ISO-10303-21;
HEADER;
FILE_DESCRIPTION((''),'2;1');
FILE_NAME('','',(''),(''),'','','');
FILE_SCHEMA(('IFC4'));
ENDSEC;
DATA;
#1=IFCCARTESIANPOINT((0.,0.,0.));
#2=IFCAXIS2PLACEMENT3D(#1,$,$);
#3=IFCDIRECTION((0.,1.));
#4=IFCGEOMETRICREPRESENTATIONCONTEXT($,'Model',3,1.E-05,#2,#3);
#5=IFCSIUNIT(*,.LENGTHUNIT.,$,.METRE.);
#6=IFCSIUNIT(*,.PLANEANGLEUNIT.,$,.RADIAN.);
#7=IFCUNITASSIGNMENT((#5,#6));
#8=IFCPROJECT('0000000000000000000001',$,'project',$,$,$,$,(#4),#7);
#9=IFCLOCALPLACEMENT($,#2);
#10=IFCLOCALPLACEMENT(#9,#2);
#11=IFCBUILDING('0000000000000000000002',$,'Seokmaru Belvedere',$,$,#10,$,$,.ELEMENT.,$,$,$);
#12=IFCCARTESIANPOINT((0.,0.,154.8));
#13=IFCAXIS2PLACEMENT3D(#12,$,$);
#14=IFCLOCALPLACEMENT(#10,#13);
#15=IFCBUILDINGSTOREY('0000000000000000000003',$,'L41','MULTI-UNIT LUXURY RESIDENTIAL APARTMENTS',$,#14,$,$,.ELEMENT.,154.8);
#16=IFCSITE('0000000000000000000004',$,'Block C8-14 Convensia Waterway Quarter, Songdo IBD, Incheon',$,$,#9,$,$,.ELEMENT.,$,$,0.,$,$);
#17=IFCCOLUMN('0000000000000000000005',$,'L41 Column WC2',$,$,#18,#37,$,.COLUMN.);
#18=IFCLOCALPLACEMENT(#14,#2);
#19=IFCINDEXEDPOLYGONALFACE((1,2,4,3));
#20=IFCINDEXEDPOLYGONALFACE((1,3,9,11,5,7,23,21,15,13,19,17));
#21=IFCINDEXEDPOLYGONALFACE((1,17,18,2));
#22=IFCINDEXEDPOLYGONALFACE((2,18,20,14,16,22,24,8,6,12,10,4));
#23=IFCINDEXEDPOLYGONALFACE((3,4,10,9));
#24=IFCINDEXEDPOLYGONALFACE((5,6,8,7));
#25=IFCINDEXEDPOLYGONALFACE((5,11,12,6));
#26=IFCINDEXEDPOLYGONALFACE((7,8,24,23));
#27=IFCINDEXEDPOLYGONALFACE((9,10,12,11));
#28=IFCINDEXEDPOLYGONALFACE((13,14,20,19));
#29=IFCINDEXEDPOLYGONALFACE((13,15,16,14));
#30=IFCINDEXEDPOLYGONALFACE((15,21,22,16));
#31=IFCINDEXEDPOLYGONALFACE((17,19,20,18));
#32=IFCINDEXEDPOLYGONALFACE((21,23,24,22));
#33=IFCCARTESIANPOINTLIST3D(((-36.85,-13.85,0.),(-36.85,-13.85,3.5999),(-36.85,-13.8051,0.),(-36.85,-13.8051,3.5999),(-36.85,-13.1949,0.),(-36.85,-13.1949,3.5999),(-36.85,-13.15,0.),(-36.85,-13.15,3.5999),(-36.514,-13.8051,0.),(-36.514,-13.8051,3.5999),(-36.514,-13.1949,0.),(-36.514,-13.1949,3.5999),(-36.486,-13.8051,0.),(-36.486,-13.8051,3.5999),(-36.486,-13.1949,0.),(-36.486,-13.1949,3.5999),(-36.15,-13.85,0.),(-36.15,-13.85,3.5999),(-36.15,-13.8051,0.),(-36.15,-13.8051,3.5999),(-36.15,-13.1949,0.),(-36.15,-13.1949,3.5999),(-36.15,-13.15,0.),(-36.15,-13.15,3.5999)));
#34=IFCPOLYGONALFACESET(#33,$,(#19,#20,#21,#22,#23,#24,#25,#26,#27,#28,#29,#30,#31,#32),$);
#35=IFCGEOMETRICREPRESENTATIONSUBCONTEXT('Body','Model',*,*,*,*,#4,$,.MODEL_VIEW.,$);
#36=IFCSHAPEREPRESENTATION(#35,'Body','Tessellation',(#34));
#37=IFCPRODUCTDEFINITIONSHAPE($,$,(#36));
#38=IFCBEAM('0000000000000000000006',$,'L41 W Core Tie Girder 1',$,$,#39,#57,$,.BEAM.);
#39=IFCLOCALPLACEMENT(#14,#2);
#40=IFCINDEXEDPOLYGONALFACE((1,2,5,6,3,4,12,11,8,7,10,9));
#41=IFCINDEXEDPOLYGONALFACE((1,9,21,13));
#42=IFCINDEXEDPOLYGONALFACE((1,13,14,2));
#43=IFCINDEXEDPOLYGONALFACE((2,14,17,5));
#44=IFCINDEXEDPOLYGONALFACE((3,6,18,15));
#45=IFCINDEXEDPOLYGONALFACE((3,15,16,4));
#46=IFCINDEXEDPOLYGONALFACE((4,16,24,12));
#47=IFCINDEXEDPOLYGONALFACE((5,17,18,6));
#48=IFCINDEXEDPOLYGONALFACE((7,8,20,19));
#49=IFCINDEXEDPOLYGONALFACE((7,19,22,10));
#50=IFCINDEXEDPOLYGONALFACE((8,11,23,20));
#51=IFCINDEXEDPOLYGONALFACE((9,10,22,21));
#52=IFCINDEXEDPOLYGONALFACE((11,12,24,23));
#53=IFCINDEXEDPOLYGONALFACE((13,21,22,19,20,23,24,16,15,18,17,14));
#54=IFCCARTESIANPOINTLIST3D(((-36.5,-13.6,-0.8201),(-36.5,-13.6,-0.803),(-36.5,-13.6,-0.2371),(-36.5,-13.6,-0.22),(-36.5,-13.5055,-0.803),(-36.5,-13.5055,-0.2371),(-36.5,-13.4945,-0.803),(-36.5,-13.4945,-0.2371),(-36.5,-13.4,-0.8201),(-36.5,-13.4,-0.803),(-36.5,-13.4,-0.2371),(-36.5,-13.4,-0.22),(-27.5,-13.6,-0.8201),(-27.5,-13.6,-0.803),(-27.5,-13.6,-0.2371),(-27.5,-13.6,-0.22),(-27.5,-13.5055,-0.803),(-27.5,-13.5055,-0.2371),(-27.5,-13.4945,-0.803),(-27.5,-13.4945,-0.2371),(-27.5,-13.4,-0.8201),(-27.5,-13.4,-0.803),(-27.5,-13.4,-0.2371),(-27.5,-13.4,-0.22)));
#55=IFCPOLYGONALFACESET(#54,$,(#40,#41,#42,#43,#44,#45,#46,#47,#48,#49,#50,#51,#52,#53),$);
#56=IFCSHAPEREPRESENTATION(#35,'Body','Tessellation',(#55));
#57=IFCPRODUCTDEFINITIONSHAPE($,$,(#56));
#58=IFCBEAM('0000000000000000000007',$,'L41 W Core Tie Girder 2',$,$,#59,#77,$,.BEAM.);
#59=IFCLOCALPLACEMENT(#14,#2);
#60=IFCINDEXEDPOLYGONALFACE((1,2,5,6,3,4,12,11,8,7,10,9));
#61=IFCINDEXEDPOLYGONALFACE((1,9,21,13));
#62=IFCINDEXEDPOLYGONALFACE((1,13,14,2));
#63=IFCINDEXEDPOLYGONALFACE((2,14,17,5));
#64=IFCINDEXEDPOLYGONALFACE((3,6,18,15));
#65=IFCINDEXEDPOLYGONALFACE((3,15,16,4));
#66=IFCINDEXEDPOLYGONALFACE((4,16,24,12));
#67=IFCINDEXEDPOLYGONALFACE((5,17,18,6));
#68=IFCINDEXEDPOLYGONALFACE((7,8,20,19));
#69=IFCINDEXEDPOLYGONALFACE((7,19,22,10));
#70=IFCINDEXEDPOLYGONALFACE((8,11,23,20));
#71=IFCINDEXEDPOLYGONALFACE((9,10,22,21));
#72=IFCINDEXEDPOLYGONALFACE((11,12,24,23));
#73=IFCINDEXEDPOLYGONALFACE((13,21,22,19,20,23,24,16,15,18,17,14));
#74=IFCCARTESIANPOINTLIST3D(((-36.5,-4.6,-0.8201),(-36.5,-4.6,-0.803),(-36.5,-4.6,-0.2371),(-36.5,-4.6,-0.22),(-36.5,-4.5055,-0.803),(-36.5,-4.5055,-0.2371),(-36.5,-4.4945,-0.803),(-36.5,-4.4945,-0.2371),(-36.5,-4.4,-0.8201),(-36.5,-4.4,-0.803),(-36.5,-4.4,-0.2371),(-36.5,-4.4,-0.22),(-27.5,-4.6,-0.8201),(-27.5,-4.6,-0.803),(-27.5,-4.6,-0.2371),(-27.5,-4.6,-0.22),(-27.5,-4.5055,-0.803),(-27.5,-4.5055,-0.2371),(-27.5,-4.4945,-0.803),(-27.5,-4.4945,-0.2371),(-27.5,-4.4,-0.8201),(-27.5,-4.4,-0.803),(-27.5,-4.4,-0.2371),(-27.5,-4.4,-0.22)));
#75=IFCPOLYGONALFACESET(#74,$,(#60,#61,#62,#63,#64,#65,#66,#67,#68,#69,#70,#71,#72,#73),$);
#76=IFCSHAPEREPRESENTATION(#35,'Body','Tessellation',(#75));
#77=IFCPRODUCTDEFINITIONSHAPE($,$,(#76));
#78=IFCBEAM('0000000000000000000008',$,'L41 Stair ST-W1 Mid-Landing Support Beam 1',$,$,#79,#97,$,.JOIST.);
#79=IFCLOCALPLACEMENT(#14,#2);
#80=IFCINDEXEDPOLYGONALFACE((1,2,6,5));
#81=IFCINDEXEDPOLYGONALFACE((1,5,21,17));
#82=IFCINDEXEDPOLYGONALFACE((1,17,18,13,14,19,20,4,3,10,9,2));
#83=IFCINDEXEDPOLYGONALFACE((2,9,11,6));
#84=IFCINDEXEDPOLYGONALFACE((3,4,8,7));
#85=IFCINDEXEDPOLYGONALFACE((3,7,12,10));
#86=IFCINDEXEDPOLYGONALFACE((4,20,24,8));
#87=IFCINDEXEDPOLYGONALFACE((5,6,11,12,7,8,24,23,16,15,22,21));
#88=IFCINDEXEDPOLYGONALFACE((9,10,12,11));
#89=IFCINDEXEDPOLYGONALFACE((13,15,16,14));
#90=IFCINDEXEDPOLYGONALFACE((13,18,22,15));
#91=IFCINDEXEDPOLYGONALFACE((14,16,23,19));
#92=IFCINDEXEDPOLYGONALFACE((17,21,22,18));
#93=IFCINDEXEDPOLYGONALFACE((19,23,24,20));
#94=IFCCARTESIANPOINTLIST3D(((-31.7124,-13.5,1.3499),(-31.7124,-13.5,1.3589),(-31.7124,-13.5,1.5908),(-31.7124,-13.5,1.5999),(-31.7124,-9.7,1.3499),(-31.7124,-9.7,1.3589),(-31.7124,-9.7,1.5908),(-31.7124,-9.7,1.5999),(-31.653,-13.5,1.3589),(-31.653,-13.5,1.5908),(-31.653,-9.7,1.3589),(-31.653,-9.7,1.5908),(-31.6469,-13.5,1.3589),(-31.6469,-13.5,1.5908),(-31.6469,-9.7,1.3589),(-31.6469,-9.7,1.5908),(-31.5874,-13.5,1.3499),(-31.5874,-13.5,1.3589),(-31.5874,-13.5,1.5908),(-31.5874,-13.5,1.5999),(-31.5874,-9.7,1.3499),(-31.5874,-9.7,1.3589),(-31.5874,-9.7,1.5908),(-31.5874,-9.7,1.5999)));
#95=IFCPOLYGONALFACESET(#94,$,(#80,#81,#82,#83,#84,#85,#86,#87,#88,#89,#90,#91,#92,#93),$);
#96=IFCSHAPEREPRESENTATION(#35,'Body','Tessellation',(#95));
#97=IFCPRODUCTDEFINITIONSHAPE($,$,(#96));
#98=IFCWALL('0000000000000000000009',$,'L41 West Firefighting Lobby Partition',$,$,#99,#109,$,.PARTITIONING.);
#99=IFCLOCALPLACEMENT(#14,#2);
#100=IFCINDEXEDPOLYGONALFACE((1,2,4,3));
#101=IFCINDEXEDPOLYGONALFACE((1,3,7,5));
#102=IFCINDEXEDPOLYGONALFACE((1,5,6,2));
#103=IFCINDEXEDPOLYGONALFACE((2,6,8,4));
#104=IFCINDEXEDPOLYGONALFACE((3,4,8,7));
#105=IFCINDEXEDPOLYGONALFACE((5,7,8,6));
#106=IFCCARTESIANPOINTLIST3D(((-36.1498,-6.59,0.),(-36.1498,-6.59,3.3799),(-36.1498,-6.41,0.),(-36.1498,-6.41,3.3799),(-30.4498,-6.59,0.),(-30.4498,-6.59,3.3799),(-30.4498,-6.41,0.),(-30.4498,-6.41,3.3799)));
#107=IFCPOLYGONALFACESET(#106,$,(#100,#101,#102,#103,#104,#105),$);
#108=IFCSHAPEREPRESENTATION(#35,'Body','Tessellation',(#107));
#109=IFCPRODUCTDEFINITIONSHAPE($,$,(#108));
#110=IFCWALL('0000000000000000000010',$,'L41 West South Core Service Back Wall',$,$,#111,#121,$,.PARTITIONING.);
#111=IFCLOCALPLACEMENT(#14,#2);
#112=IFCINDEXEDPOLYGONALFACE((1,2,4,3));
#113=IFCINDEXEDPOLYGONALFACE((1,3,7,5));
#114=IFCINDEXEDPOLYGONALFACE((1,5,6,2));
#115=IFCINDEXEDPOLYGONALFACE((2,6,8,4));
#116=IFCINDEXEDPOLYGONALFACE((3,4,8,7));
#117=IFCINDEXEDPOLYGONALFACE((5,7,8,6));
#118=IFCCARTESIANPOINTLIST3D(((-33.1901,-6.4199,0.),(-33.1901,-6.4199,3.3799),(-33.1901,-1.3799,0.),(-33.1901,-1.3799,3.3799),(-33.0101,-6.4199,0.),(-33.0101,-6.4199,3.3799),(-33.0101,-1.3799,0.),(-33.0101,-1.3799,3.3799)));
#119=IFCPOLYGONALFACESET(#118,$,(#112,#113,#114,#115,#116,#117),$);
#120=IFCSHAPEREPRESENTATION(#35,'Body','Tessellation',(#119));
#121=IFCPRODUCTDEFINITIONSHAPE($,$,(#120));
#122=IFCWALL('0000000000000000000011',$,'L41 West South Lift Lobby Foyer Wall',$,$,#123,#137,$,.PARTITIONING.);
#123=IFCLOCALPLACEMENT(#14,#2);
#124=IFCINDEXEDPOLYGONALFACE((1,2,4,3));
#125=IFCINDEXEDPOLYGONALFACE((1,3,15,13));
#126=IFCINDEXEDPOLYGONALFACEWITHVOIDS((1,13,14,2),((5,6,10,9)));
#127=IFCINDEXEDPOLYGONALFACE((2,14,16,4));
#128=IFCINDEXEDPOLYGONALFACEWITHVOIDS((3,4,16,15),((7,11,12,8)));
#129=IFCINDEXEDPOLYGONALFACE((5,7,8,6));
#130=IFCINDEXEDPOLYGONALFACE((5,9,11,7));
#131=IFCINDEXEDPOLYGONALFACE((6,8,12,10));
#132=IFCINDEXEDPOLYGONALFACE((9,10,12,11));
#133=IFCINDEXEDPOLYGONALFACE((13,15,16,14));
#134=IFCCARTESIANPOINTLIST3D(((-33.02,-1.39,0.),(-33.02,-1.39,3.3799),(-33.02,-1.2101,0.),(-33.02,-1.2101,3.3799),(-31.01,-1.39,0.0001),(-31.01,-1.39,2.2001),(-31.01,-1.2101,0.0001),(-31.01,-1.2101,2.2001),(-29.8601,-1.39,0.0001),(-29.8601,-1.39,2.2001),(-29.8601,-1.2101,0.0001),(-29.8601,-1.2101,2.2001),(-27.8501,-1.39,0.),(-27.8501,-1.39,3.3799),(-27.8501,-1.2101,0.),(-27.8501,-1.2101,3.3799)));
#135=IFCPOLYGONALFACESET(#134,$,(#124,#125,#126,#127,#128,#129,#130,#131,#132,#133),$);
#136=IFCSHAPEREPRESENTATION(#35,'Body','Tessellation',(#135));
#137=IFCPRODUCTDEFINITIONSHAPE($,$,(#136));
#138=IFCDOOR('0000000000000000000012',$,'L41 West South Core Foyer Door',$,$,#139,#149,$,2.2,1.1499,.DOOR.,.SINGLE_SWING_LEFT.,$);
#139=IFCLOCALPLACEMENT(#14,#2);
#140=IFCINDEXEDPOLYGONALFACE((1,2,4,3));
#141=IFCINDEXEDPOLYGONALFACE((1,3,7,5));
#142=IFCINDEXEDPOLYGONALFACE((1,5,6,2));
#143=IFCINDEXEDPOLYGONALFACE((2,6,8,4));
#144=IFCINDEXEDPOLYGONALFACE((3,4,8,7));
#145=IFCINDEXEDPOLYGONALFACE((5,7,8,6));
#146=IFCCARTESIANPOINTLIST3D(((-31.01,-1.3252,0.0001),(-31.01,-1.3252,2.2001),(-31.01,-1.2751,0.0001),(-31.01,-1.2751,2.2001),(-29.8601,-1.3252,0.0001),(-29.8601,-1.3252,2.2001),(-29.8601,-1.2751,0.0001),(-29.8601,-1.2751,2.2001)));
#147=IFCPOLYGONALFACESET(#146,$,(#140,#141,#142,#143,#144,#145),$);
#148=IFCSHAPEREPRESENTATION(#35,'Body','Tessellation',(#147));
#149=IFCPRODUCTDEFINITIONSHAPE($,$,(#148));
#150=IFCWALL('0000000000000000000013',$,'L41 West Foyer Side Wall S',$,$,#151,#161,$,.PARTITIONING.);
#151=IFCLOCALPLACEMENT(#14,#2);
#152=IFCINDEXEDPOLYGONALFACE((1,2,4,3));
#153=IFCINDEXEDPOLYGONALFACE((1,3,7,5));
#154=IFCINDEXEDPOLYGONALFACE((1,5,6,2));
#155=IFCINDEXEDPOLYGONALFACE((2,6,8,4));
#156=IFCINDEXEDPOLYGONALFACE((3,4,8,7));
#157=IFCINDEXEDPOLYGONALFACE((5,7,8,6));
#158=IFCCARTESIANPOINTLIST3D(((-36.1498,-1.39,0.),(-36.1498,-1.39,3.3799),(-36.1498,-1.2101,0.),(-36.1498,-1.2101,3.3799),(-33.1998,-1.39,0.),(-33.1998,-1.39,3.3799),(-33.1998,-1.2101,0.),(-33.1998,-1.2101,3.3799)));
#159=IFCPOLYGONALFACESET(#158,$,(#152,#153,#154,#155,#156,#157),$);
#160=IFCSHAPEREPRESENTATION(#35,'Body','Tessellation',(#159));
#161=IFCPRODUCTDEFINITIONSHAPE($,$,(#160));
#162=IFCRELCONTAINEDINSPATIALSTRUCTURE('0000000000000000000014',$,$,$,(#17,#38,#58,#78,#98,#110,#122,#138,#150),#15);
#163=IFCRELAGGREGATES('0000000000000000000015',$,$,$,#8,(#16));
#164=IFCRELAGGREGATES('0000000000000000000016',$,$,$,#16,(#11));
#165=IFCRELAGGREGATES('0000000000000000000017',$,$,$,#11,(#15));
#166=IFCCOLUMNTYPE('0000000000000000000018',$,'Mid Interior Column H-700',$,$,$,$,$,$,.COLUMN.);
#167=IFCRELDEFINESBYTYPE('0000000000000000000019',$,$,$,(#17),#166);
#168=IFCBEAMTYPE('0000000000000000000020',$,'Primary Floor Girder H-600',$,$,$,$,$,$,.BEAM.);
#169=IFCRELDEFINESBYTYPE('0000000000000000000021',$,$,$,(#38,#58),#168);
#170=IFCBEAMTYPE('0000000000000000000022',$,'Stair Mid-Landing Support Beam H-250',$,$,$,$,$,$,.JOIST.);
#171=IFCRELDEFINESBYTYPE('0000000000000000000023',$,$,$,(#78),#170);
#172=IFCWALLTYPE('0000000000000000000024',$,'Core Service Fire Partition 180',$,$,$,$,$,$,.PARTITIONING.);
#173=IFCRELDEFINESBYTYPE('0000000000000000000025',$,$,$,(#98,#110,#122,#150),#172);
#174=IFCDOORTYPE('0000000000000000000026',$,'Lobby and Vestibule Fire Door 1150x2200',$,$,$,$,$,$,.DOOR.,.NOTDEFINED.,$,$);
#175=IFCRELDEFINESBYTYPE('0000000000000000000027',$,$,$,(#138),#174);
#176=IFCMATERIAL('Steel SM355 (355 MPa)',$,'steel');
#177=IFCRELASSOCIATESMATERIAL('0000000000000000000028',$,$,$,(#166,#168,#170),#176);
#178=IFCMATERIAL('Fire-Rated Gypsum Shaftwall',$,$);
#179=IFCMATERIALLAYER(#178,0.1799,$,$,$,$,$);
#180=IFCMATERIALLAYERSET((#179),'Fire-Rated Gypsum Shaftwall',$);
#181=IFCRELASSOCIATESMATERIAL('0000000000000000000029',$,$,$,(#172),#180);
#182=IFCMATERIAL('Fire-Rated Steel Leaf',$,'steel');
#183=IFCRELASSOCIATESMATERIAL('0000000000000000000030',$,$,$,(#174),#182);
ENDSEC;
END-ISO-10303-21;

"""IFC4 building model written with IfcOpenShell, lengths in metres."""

from ifc_helpers import new_model, si_unit, direction, frame, frame_2d, origin, origin_2d, place, context, subcontext, project, spatial, rectangle, i_section, extrude, source, transform, mapped, material, layer, layer_set, material_profile, profile_set, type_object, type_shapes, element, fill, save


model = new_model("IFC4")

# Units and contexts
model_context = context("Model", 3, precision=1e-05, world=origin(), true_north=direction((0.0, 1.0)))
body_context = subcontext(model_context, "Body", "Model", "MODEL_VIEW")
ifc_project = project(units=[si_unit("LENGTHUNIT", "METRE"), si_unit("PLANEANGLEUNIT", "RADIAN")], contexts=[model_context])

# Site, building, storey
site_placement = place(None, origin())
site = spatial("IfcSite", under=ifc_project, at=site_placement, Name="Block C8-14 Convensia Waterway Quarter, Songdo IBD, Incheon", CompositionType="ELEMENT", RefElevation=0.0)
building_placement = place(site_placement, origin())
building = spatial("IfcBuilding", under=site, at=building_placement, Name="Seokmaru Belvedere", CompositionType="ELEMENT")
storey_placement = place(building_placement, frame((0.0, 0.0, 154.8)))
storey = spatial("IfcBuildingStorey", under=building, at=storey_placement, Name="L41", Description="MULTI-UNIT LUXURY RESIDENTIAL APARTMENTS", CompositionType="ELEMENT", Elevation=154.8)

# Column
ifc_material_1 = material(Name="Steel SM355 (355 MPa)", Category="steel")
ifc_material_profile_1 = material_profile(ifc_material_1, i_section(OverallWidth=0.7, OverallDepth=0.7, WebThickness=0.0281, FlangeThickness=0.0449, at=origin_2d()), Name="H-700x700x28x45")
ifc_profile_set_1 = profile_set([ifc_material_profile_1], Name="Steel SM355 (355 MPa)")
column_type = type_object("IfcColumnType", Name="Mid Interior Column H-700", PredefinedType="COLUMN", material=ifc_profile_set_1)
shared_shape_1 = source(origin(), body_context, "Body", "SweptSolid", [
    extrude(i_section(OverallWidth=0.7, OverallDepth=0.7, WebThickness=0.0281, FlangeThickness=0.0449, at=origin_2d()), origin(), (0.0, 0.0, 1.0), 3.5999),
])
type_shapes(column_type, [shared_shape_1])
column_placement = place(storey_placement, frame((-36.5, -13.5, 0.0), z_axis=(0.0, 0.0, 1.0), x_axis=(1.0, 0.0, 0.0)))
element("IfcColumn", 1, at=column_placement, inside=storey, type_object=column_type, Name="L41 Column WC2", PredefinedType="COLUMN", context=body_context, shape_type="MappedRepresentation", body=[
    mapped(shared_shape_1, transform((0.0, 0.0, 0.0), scale=1.0)),
])

# Beams
ifc_material_profile_2 = material_profile(ifc_material_1, i_section(OverallWidth=0.2, OverallDepth=0.6001, WebThickness=0.011, FlangeThickness=0.0171, at=origin_2d()), Name="H-600x200x11x17")
ifc_profile_set_2 = profile_set([ifc_material_profile_2], Name="Steel SM355 (355 MPa)")
beam_type_1 = type_object("IfcBeamType", Name="Primary Floor Girder H-600", PredefinedType="BEAM", material=ifc_profile_set_2)
shared_shape_2 = source(origin(), body_context, "Body", "SweptSolid", [
    extrude(i_section(OverallWidth=0.2, OverallDepth=0.6001, WebThickness=0.011, FlangeThickness=0.0171, at=origin_2d()), origin(), (0.0, 0.0, 1.0), 9.0),
])
type_shapes(beam_type_1, [shared_shape_2])
for number, where, z_axis, x_axis, name in (
    (2, (-36.5, -13.5, -0.52), (1.0, 0.0, 0.0), (0.0, 1.0, 0.0), "L41 W Core Tie Girder 1"),
    (3, (-36.5, -4.5, -0.52), (1.0, 0.0, 0.0), (0.0, 1.0, 0.0), "L41 W Core Tie Girder 2"),
):
    element("IfcBeam", number, at=place(storey_placement, frame(where, z_axis=z_axis, x_axis=x_axis)), inside=storey, type_object=beam_type_1, Name=name, PredefinedType="BEAM", context=body_context, shape_type="MappedRepresentation", body=[
        mapped(shared_shape_2, transform((0.0, 0.0, 0.0), scale=1.0)),
    ])
ifc_material_profile_3 = material_profile(ifc_material_1, i_section(OverallWidth=0.125, OverallDepth=0.25, WebThickness=0.0061, FlangeThickness=0.009, at=origin_2d()), Name="H-250x125x6x9")
ifc_profile_set_3 = profile_set([ifc_material_profile_3], Name="Steel SM355 (355 MPa)")
beam_type_2 = type_object("IfcBeamType", Name="Stair Mid-Landing Support Beam H-250", PredefinedType="JOIST", material=ifc_profile_set_3)
shared_shape_3 = source(origin(), body_context, "Body", "SweptSolid", [
    extrude(i_section(OverallWidth=0.125, OverallDepth=0.25, WebThickness=0.0061, FlangeThickness=0.009, at=origin_2d()), origin(), (0.0, 0.0, 1.0), 3.8),
])
type_shapes(beam_type_2, [shared_shape_3])
beam_placement = place(storey_placement, frame((-31.6499, -13.5, 1.4749), z_axis=(0.0, 1.0, 0.0), x_axis=(-1.0, 0.0, 0.0)))
element("IfcBeam", 4, at=beam_placement, inside=storey, type_object=beam_type_2, Name="L41 Stair ST-W1 Mid-Landing Support Beam 1", PredefinedType="JOIST", context=body_context, shape_type="MappedRepresentation", body=[
    mapped(shared_shape_3, transform((0.0, 0.0, 0.0), scale=1.0)),
])

# Walls
ifc_material_2 = material(Name="Fire-Rated Gypsum Shaftwall")
ifc_layer_1 = layer(ifc_material_2, 0.1799)
ifc_layer_set_1 = layer_set([ifc_layer_1], Name="Fire-Rated Gypsum Shaftwall")
wall_type_1 = type_object("IfcWallType", Name="Core Service Fire Partition 180", PredefinedType="PARTITIONING", material=ifc_layer_set_1)
wall_1_placement = place(storey_placement, frame((-36.1499, -6.5, 0.0), z_axis=(0.0, 0.0, 1.0), x_axis=(1.0, 0.0, 0.0)))
element("IfcWall", 5, at=wall_1_placement, inside=storey, type_object=wall_type_1, Name="L41 West Firefighting Lobby Partition", PredefinedType="PARTITIONING", context=body_context, shape_type="SweptSolid", body=[
    extrude(rectangle(XDim=5.7, YDim=0.1799, at=frame_2d((2.8501, 0.0))), origin(), (0.0, 0.0, 1.0), 3.3799),
])
wall_2_placement = place(storey_placement, frame((-33.1001, -6.4199, 0.0), z_axis=(0.0, 0.0, 1.0), x_axis=(0.0, 1.0, 0.0)))
element("IfcWall", 6, at=wall_2_placement, inside=storey, type_object=wall_type_1, Name="L41 West South Core Service Back Wall", PredefinedType="PARTITIONING", context=body_context, shape_type="SweptSolid", body=[
    extrude(rectangle(XDim=5.04, YDim=0.1799, at=frame_2d((2.52, 0.0))), origin(), (0.0, 0.0, 1.0), 3.3799),
])

# Wall, opening, door
wall_3_placement = place(storey_placement, frame((-33.02, -1.3, 0.0), z_axis=(0.0, 0.0, 1.0), x_axis=(1.0, 0.0, 0.0)))
wall_3 = element("IfcWall", 7, at=wall_3_placement, inside=storey, type_object=wall_type_1, Name="L41 West South Lift Lobby Foyer Wall", PredefinedType="PARTITIONING", context=body_context, shape_type="SweptSolid", body=[
    extrude(rectangle(XDim=5.1699, YDim=0.1799, at=frame_2d((2.585, 0.0))), origin(), (0.0, 0.0, 1.0), 3.3799),
])
opening_1_placement = place(wall_3_placement, frame((2.01, 0.0, 0.0)))
opening_1 = element("IfcOpeningElement", 8, at=opening_1_placement, cuts=wall_3, PredefinedType="OPENING", context=body_context, shape_type="SweptSolid", body=[
    extrude(rectangle(XDim=1.1499, YDim=2.2, at=frame_2d((0.575, 1.1001))), frame((0.0, 0.1001, 0.0), z_axis=(0.0, -1.0, 0.0), x_axis=(1.0, 0.0, 0.0)), (0.0, 0.0, 1.0), 0.2),
])
ifc_material_3 = material(Name="Fire-Rated Steel Leaf", Category="steel")
door_type_1 = type_object("IfcDoorType", Name="Lobby and Vestibule Fire Door 1150x2200", OperationType="NOTDEFINED", PredefinedType="DOOR", material=ifc_material_3)
shared_shape_4 = source(origin(), body_context, "Body", "SweptSolid", [
    extrude(rectangle(XDim=1.1499, YDim=2.2, at=frame_2d((0.575, 1.1001))), frame((0.0, 0.0249, 0.0), z_axis=(0.0, -1.0, 0.0), x_axis=(1.0, 0.0, 0.0)), (0.0, 0.0, 1.0), 0.05),
])
type_shapes(door_type_1, [shared_shape_4])
door_1_placement = place(opening_1_placement, origin())
door_1 = element("IfcDoor", 9, at=door_1_placement, inside=storey, type_object=door_type_1, Name="L41 West South Core Foyer Door", OperationType="SINGLE_SWING_LEFT", OverallHeight=2.2, OverallWidth=1.1499, PredefinedType="DOOR", context=body_context, shape_type="MappedRepresentation", body=[
    mapped(shared_shape_4, transform((0.0, 0.0, 0.0), scale=1.0)),
])
fill(opening_1, door_1)

# Wall
wall_4_placement = place(storey_placement, frame((-36.1499, -1.3, 0.0), z_axis=(0.0, 0.0, 1.0), x_axis=(1.0, 0.0, 0.0)))
element("IfcWall", 10, at=wall_4_placement, inside=storey, type_object=wall_type_1, Name="L41 West Foyer Side Wall S", PredefinedType="PARTITIONING", context=body_context, shape_type="SweptSolid", body=[
    extrude(rectangle(XDim=2.95, YDim=0.1799, at=frame_2d((1.4751, 0.0))), origin(), (0.0, 0.0, 1.0), 3.3799),
])

save(model, "model.ifc")
